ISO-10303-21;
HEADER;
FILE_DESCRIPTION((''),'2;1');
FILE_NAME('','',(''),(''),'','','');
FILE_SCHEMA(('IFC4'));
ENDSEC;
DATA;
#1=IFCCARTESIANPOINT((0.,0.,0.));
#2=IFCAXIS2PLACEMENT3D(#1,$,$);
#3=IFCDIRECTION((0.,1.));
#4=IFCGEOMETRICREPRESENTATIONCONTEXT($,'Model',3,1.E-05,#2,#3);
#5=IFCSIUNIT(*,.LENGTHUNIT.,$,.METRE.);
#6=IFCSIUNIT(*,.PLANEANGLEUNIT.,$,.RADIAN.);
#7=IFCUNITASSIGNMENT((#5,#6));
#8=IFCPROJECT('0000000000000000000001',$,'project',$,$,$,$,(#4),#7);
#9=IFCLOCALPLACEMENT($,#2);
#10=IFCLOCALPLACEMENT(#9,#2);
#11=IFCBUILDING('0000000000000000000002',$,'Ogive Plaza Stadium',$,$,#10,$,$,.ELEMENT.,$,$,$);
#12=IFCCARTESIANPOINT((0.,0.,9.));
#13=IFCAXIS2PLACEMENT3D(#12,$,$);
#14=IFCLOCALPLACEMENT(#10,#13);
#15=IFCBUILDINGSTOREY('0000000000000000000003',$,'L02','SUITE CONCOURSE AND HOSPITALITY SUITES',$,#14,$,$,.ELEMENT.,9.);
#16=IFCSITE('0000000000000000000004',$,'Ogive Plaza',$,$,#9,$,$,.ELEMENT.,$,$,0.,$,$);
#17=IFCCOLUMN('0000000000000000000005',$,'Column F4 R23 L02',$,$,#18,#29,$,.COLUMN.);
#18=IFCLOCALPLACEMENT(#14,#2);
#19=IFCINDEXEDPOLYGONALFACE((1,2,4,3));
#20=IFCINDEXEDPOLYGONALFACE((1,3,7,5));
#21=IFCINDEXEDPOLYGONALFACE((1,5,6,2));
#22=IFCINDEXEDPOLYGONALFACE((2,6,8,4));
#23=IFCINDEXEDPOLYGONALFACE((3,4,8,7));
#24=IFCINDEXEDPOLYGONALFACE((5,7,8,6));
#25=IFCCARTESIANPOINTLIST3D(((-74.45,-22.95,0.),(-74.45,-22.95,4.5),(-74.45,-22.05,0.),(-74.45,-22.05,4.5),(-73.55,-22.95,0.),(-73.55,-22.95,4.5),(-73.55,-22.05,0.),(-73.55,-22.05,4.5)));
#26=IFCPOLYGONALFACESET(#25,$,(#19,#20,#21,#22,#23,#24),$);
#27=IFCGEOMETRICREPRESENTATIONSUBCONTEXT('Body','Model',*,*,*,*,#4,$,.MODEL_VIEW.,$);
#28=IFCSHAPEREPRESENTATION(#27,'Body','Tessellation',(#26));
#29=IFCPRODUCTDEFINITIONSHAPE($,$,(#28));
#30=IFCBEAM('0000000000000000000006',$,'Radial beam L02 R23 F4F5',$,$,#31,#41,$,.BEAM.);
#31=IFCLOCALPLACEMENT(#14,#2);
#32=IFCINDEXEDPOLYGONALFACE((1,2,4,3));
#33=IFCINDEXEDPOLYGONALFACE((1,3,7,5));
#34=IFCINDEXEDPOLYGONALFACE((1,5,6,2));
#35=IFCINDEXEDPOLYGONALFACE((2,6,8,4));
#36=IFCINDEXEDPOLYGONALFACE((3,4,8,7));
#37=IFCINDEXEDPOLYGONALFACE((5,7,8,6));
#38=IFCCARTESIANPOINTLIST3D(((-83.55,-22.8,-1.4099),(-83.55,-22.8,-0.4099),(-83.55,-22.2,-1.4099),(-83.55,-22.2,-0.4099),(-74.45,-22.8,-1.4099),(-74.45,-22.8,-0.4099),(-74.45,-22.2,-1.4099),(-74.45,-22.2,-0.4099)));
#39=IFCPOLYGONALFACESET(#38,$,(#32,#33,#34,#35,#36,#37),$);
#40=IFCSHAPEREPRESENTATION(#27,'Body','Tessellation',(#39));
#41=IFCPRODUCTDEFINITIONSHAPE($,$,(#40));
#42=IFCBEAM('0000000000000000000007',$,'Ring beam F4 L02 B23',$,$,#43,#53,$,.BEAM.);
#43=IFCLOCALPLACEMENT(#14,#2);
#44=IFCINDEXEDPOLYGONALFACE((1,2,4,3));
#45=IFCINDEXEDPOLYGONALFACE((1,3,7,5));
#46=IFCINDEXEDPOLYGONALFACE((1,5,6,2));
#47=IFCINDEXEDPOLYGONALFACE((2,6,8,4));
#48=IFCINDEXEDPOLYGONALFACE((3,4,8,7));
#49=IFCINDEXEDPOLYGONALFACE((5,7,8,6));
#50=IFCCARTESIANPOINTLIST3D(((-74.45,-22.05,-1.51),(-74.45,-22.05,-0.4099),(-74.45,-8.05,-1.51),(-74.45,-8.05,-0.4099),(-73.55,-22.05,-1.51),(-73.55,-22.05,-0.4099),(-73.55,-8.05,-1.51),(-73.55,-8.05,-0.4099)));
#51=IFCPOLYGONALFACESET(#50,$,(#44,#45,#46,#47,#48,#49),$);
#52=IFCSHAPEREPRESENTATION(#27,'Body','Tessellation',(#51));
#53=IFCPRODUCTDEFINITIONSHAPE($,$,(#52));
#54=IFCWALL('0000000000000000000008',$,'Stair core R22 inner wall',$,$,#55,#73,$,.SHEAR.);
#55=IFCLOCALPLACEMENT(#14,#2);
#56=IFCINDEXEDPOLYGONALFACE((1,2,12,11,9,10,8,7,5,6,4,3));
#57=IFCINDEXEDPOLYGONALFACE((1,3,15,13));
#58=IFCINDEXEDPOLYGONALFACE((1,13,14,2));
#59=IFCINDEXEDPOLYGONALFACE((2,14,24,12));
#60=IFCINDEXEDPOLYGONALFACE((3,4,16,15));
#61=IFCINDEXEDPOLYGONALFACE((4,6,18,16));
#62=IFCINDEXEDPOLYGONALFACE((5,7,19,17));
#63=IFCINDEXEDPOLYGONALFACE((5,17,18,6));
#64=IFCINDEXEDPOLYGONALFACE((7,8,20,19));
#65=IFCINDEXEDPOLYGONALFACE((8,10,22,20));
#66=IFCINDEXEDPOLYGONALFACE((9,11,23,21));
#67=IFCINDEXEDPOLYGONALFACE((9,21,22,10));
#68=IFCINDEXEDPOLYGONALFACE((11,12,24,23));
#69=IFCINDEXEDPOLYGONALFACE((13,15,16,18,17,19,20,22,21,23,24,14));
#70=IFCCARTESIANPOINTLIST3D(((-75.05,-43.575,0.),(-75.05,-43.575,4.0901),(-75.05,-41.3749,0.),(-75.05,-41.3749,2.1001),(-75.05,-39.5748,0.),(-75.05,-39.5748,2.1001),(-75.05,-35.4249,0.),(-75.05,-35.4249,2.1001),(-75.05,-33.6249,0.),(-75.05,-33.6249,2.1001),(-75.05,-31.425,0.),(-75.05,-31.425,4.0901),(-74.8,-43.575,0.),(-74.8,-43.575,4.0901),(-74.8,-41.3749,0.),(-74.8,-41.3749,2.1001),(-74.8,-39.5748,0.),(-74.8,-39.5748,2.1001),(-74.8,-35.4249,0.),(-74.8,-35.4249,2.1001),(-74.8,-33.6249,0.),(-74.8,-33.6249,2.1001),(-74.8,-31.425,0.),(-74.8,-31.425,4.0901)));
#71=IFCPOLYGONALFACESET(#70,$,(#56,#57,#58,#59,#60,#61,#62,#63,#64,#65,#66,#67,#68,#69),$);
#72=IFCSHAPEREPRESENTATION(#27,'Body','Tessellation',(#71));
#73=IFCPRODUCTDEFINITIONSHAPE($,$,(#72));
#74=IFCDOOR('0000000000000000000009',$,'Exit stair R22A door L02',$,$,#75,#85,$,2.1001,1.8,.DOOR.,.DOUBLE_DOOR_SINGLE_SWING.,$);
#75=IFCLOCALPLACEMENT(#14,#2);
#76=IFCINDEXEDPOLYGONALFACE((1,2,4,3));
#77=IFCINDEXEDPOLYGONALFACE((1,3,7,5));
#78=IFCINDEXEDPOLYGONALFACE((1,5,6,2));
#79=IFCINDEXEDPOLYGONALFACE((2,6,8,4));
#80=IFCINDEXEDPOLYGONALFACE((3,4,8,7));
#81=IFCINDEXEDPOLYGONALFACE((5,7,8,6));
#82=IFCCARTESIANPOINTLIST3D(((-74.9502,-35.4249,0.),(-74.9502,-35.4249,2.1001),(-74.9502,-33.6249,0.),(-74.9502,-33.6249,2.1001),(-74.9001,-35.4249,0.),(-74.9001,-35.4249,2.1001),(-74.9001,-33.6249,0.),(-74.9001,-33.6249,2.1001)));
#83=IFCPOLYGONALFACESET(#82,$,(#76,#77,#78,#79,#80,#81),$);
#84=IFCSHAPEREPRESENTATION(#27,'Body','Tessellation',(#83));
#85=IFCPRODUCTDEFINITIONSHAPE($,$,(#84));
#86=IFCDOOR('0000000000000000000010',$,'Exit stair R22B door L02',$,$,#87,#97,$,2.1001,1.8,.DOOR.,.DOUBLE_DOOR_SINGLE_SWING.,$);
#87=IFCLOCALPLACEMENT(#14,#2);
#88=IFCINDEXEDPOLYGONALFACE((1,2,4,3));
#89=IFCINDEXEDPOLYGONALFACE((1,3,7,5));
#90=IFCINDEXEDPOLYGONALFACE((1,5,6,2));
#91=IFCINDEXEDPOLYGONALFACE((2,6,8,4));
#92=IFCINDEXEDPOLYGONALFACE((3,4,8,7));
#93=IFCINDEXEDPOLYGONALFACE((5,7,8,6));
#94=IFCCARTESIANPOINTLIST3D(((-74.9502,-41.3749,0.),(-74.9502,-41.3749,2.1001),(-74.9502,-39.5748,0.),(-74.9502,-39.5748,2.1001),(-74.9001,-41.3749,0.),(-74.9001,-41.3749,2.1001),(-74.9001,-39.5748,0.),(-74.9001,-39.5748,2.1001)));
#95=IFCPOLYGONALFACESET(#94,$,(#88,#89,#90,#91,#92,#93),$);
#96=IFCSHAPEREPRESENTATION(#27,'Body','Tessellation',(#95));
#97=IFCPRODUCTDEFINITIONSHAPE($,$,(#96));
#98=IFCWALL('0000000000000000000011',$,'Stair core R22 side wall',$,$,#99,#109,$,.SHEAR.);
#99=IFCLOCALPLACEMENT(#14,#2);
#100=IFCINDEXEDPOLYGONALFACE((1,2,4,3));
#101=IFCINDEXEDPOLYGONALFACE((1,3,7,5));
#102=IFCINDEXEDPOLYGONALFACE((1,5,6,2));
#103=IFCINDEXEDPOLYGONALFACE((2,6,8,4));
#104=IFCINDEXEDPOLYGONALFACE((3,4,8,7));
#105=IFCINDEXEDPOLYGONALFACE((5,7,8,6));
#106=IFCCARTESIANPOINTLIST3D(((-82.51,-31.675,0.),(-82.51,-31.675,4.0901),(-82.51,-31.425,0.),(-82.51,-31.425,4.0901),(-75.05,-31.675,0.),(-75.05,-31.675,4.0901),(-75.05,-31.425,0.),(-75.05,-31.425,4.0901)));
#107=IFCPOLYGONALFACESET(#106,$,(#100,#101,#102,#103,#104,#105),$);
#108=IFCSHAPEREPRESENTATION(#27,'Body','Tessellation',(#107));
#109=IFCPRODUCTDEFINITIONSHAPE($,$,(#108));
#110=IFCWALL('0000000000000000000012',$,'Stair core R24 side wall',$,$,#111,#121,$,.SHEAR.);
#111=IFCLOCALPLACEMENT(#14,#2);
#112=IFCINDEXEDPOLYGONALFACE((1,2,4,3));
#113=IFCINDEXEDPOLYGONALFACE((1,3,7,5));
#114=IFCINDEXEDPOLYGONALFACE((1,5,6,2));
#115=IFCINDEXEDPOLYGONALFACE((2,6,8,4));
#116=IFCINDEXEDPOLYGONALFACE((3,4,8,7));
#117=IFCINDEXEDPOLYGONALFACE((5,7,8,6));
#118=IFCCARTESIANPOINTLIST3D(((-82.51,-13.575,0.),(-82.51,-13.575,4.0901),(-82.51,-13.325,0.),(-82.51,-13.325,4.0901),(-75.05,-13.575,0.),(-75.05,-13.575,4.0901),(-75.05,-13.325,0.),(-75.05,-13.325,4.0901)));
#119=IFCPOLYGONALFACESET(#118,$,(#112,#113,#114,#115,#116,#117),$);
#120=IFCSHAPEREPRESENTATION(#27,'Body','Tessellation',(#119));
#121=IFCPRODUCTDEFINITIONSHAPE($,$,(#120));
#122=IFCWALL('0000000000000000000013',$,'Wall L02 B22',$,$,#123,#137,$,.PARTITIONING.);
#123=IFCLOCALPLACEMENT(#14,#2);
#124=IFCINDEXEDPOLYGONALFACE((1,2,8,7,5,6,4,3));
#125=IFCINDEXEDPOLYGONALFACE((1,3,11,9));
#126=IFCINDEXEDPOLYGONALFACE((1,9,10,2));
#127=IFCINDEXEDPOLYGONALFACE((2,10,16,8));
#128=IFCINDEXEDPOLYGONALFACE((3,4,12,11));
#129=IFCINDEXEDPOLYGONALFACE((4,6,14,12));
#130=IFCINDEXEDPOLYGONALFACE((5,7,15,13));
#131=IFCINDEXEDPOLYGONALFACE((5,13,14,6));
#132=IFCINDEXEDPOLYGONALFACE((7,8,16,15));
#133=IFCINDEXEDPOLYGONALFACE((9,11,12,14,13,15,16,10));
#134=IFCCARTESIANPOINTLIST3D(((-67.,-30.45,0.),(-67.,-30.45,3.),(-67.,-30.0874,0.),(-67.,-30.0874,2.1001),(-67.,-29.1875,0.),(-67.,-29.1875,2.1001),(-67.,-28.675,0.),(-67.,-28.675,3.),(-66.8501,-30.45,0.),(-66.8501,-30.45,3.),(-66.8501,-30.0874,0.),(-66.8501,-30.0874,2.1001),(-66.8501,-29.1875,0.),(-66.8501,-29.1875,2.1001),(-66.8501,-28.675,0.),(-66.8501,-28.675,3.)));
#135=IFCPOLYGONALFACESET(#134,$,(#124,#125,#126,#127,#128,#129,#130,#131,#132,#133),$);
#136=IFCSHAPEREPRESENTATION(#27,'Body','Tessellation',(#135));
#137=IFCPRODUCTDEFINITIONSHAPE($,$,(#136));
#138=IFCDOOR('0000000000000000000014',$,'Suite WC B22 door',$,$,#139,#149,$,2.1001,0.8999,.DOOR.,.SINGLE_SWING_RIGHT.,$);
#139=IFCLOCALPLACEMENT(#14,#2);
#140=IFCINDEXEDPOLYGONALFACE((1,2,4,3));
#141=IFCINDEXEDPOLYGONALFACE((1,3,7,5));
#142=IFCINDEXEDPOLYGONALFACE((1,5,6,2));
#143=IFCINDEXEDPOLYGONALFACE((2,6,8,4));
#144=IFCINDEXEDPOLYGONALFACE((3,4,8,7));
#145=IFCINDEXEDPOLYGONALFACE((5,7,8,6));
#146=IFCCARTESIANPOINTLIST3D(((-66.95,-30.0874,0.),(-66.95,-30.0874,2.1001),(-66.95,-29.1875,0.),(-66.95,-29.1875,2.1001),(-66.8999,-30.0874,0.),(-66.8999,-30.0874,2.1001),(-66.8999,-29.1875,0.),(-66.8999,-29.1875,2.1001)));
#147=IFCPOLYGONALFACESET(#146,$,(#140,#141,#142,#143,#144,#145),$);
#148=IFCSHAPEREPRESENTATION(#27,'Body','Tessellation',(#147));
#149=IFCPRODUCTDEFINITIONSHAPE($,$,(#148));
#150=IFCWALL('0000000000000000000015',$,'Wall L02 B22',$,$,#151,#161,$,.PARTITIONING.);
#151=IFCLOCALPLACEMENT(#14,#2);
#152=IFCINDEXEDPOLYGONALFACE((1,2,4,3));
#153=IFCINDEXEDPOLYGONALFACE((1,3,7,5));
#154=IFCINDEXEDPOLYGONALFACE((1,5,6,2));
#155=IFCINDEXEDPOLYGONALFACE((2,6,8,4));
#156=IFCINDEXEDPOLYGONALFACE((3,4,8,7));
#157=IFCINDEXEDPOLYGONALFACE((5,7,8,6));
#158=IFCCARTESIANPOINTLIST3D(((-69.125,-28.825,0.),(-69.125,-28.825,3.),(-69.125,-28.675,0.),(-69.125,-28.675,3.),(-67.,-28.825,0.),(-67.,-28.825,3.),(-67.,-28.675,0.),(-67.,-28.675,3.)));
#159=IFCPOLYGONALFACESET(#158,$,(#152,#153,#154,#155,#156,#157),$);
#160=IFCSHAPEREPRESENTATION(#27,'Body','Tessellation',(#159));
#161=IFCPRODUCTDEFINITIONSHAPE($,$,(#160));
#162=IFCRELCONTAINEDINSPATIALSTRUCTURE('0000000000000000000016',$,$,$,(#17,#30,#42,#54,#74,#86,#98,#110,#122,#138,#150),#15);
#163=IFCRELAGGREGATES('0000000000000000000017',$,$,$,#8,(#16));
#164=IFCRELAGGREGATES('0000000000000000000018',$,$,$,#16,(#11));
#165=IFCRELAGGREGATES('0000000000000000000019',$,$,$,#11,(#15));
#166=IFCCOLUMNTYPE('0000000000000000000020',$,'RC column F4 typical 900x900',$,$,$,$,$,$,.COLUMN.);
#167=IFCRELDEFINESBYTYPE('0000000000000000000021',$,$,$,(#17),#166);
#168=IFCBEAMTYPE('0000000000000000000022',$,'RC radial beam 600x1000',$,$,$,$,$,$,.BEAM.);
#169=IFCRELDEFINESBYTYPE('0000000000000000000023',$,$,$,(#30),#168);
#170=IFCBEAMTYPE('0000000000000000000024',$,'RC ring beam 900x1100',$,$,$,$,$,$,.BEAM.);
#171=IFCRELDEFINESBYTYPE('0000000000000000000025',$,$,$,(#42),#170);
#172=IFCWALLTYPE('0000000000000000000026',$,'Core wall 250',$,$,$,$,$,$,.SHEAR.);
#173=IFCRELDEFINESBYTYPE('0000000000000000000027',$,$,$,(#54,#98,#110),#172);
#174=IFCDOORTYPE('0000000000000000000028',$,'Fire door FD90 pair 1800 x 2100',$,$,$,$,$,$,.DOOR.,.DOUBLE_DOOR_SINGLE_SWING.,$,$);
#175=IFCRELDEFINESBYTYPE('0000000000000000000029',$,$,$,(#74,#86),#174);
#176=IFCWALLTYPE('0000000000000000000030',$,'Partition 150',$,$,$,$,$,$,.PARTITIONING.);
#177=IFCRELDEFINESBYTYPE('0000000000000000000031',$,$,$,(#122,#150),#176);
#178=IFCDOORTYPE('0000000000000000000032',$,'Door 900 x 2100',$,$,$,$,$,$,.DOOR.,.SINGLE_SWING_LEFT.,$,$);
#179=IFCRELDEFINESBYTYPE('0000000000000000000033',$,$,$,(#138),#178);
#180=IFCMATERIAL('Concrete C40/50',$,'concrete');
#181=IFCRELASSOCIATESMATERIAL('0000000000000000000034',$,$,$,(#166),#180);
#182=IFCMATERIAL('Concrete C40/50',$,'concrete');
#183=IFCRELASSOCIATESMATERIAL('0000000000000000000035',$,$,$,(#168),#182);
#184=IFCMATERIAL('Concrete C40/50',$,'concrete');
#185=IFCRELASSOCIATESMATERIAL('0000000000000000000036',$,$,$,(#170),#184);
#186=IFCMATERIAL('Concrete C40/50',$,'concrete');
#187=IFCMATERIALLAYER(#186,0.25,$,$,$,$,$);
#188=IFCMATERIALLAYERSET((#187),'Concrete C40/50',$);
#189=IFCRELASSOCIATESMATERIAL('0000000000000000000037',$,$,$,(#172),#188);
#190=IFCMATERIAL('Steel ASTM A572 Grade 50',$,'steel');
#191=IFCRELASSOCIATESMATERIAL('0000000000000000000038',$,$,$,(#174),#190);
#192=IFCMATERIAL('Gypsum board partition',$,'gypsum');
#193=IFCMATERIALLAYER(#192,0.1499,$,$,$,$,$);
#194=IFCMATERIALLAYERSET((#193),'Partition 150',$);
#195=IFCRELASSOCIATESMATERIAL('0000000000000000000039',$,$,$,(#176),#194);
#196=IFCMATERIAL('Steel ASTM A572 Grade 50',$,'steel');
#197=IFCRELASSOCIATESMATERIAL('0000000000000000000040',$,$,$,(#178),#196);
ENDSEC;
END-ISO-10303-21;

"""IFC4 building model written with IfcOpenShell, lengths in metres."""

from ifc_helpers import new_model, si_unit, direction, frame, frame_2d, origin, origin_2d, place, context, subcontext, project, spatial, rectangle, extrude, material, layer, layer_set, material_profile, profile_set, type_object, element, fill, save


model = new_model("IFC4")

# Units and contexts
model_context = context("Model", 3, precision=1e-05, world=origin(), true_north=direction((0.0, 1.0)))
body_context = subcontext(model_context, "Body", "Model", "MODEL_VIEW")
ifc_project = project(units=[si_unit("LENGTHUNIT", "METRE"), si_unit("PLANEANGLEUNIT", "RADIAN")], contexts=[model_context])

# Site, building, storey
site_placement = place(None, origin())
site = spatial("IfcSite", under=ifc_project, at=site_placement, Name="Ogive Plaza", CompositionType="ELEMENT", RefElevation=0.0)
building_placement = place(site_placement, origin())
building = spatial("IfcBuilding", under=site, at=building_placement, Name="Ogive Plaza Stadium", CompositionType="ELEMENT")
storey_placement = place(building_placement, frame((0.0, 0.0, 9.0)))
storey = spatial("IfcBuildingStorey", under=building, at=storey_placement, Name="L02", Description="SUITE CONCOURSE AND HOSPITALITY SUITES", CompositionType="ELEMENT", Elevation=9.0)

# Column
ifc_material_1 = material(Name="Concrete C40/50", Category="concrete")
ifc_material_profile_1 = material_profile(ifc_material_1, rectangle(XDim=0.8999, YDim=0.8999, at=origin_2d()), Name="RC 900x900")
ifc_profile_set_1 = profile_set([ifc_material_profile_1], Name="Concrete C40/50")
column_type = type_object("IfcColumnType", Name="RC column F4 typical 900x900", PredefinedType="COLUMN", material=ifc_profile_set_1)
column_placement = place(storey_placement, frame((-74.0, -22.5, 0.0), z_axis=(0.0, 0.0, 1.0), x_axis=(0.0, -1.0, 0.0)))
element("IfcColumn", 1, at=column_placement, inside=storey, type_object=column_type, Name="Column F4 R23 L02", PredefinedType="COLUMN", context=body_context, shape_type="SweptSolid", body=[
    extrude(rectangle(XDim=0.8999, YDim=0.8999, at=origin_2d()), origin(), (0.0, 0.0, 1.0), 4.5),
])

# Beams
ifc_material_2 = material(Name="Concrete C40/50", Category="concrete")
ifc_material_profile_2 = material_profile(ifc_material_2, rectangle(XDim=0.6001, YDim=1.0, at=origin_2d()), Name="RC 600x1000")
ifc_profile_set_2 = profile_set([ifc_material_profile_2], Name="Concrete C40/50")
beam_type_1 = type_object("IfcBeamType", Name="RC radial beam 600x1000", PredefinedType="BEAM", material=ifc_profile_set_2)
beam_1_placement = place(storey_placement, frame((-74.45, -22.5, -0.9099), z_axis=(-1.0, 0.0, 0.0), x_axis=(0.0, -1.0, 0.0)))
element("IfcBeam", 2, at=beam_1_placement, inside=storey, type_object=beam_type_1, Name="Radial beam L02 R23 F4F5", PredefinedType="BEAM", context=body_context, shape_type="SweptSolid", body=[
    extrude(rectangle(XDim=0.6001, YDim=1.0, at=origin_2d()), origin(), (0.0, 0.0, 1.0), 9.1001),
])
ifc_material_3 = material(Name="Concrete C40/50", Category="concrete")
ifc_material_profile_3 = material_profile(ifc_material_3, rectangle(XDim=0.8999, YDim=1.1001, at=origin_2d()), Name="RC 900x1100")
ifc_profile_set_3 = profile_set([ifc_material_profile_3], Name="Concrete C40/50")
beam_type_2 = type_object("IfcBeamType", Name="RC ring beam 900x1100", PredefinedType="BEAM", material=ifc_profile_set_3)
beam_2_placement = place(storey_placement, frame((-74.0, -22.05, -0.96), z_axis=(0.0, 1.0, 0.0), x_axis=(-1.0, 0.0, 0.0)))
element("IfcBeam", 3, at=beam_2_placement, inside=storey, type_object=beam_type_2, Name="Ring beam F4 L02 B23", PredefinedType="BEAM", context=body_context, shape_type="SweptSolid", body=[
    extrude(rectangle(XDim=0.8999, YDim=1.1001, at=origin_2d()), origin(), (0.0, 0.0, 1.0), 14.0),
])

# Wall, openings, doors
ifc_material_4 = material(Name="Concrete C40/50", Category="concrete")
ifc_layer_1 = layer(ifc_material_4, 0.25)
ifc_layer_set_1 = layer_set([ifc_layer_1], Name="Concrete C40/50")
wall_type_1 = type_object("IfcWallType", Name="Core wall 250", PredefinedType="SHEAR", material=ifc_layer_set_1)
wall_1_placement = place(storey_placement, frame((-74.925, -31.425, 0.0), z_axis=(0.0, 0.0, 1.0), x_axis=(0.0, -1.0, 0.0)))
wall_1 = element("IfcWall", 4, at=wall_1_placement, inside=storey, type_object=wall_type_1, Name="Stair core R22 inner wall", PredefinedType="SHEAR", context=body_context, shape_type="SweptSolid", body=[
    extrude(rectangle(XDim=12.1499, YDim=0.25, at=frame_2d((6.075, 0.0))), origin(), (0.0, 0.0, 1.0), 4.0901),
])
opening_1_placement = place(wall_1_placement, frame((2.2, 0.0, 0.0)))
opening_1 = element("IfcOpeningElement", 5, at=opening_1_placement, cuts=wall_1, PredefinedType="OPENING", context=body_context, shape_type="SweptSolid", body=[
    extrude(rectangle(XDim=1.8, YDim=2.1001, at=frame_2d((0.8999, 1.05))), frame((0.0, 0.125, 0.0), z_axis=(0.0, -1.0, 0.0), x_axis=(1.0, 0.0, 0.0)), (0.0, 0.0, 1.0), 0.25),
])
opening_2_placement = place(wall_1_placement, frame((8.1499, 0.0, 0.0)))
opening_2 = element("IfcOpeningElement", 6, at=opening_2_placement, cuts=wall_1, PredefinedType="OPENING", context=body_context, shape_type="SweptSolid", body=[
    extrude(rectangle(XDim=1.8, YDim=2.1001, at=frame_2d((0.8999, 1.05))), frame((0.0, 0.125, 0.0), z_axis=(0.0, -1.0, 0.0), x_axis=(1.0, 0.0, 0.0)), (0.0, 0.0, 1.0), 0.25),
])
ifc_material_5 = material(Name="Steel ASTM A572 Grade 50", Category="steel")
door_type_1 = type_object("IfcDoorType", Name="Fire door FD90 pair 1800 x 2100", OperationType="DOUBLE_DOOR_SINGLE_SWING", PredefinedType="DOOR", material=ifc_material_5)
door_1_placement = place(opening_1_placement, origin())
door_1 = element("IfcDoor", 7, at=door_1_placement, inside=storey, type_object=door_type_1, Name="Exit stair R22A door L02", OperationType="DOUBLE_DOOR_SINGLE_SWING", OverallHeight=2.1001, OverallWidth=1.8, PredefinedType="DOOR", context=body_context, shape_type="SweptSolid", body=[
    extrude(rectangle(XDim=1.8, YDim=2.1001, at=frame_2d((0.8999, 1.05))), frame((0.0, 0.0249, 0.0), z_axis=(0.0, -1.0, 0.0), x_axis=(1.0, 0.0, 0.0)), (0.0, 0.0, 1.0), 0.05),
])
fill(opening_1, door_1)
door_2_placement = place(opening_2_placement, origin())
door_2 = element("IfcDoor", 8, at=door_2_placement, inside=storey, type_object=door_type_1, Name="Exit stair R22B door L02", OperationType="DOUBLE_DOOR_SINGLE_SWING", OverallHeight=2.1001, OverallWidth=1.8, PredefinedType="DOOR", context=body_context, shape_type="SweptSolid", body=[
    extrude(rectangle(XDim=1.8, YDim=2.1001, at=frame_2d((0.8999, 1.05))), frame((0.0, 0.0249, 0.0), z_axis=(0.0, -1.0, 0.0), x_axis=(1.0, 0.0, 0.0)), (0.0, 0.0, 1.0), 0.05),
])
fill(opening_2, door_2)

# Walls
for number, where, z_axis, x_axis, name in (
    (9, (-75.05, -31.55, 0.0), (0.0, 0.0, 1.0), (-1.0, 0.0, 0.0), "Stair core R22 side wall"),
    (10, (-75.05, -13.45, 0.0), (0.0, 0.0, 1.0), (-1.0, 0.0, 0.0), "Stair core R24 side wall"),
):
    element("IfcWall", number, at=place(storey_placement, frame(where, z_axis=z_axis, x_axis=x_axis)), inside=storey, type_object=wall_type_1, Name=name, PredefinedType="SHEAR", context=body_context, shape_type="SweptSolid", body=[
        extrude(rectangle(XDim=7.46, YDim=0.25, at=frame_2d((3.73, 0.0))), origin(), (0.0, 0.0, 1.0), 4.0901),
    ])

# Wall, opening, door
ifc_material_6 = material(Name="Gypsum board partition", Category="gypsum")
ifc_layer_2 = layer(ifc_material_6, 0.1499)
ifc_layer_set_2 = layer_set([ifc_layer_2], Name="Partition 150")
wall_type_2 = type_object("IfcWallType", Name="Partition 150", PredefinedType="PARTITIONING", material=ifc_layer_set_2)
wall_2_placement = place(storey_placement, frame((-66.925, -30.45, 0.0), z_axis=(0.0, 0.0, 1.0), x_axis=(0.0, 1.0, 0.0)))
wall_2 = element("IfcWall", 11, at=wall_2_placement, inside=storey, type_object=wall_type_2, Name="Wall L02 B22", PredefinedType="PARTITIONING", context=body_context, shape_type="SweptSolid", body=[
    extrude(rectangle(XDim=1.7749, YDim=0.1499, at=frame_2d((0.8875, 0.0))), origin(), (0.0, 0.0, 1.0), 3.0),
])
opening_3_placement = place(wall_2_placement, frame((0.3625, 0.0, 0.0)))
opening_3 = element("IfcOpeningElement", 12, at=opening_3_placement, cuts=wall_2, PredefinedType="OPENING", context=body_context, shape_type="SweptSolid", body=[
    extrude(rectangle(XDim=0.8999, YDim=2.1001, at=frame_2d((0.45, 1.05))), frame((0.0, 0.075, 0.0), z_axis=(0.0, -1.0, 0.0), x_axis=(1.0, 0.0, 0.0)), (0.0, 0.0, 1.0), 0.1499),
])
ifc_material_7 = material(Name="Steel ASTM A572 Grade 50", Category="steel")
door_type_2 = type_object("IfcDoorType", Name="Door 900 x 2100", OperationType="SINGLE_SWING_LEFT", PredefinedType="DOOR", material=ifc_material_7)
door_3_placement = place(opening_3_placement, origin())
door_3 = element("IfcDoor", 13, at=door_3_placement, inside=storey, type_object=door_type_2, Name="Suite WC B22 door", OperationType="SINGLE_SWING_RIGHT", OverallHeight=2.1001, OverallWidth=0.8999, PredefinedType="DOOR", context=body_context, shape_type="SweptSolid", body=[
    extrude(rectangle(XDim=0.8999, YDim=2.1001, at=frame_2d((0.45, 1.05))), frame((0.0, 0.0249, 0.0), z_axis=(0.0, -1.0, 0.0), x_axis=(1.0, 0.0, 0.0)), (0.0, 0.0, 1.0), 0.05),
])
fill(opening_3, door_3)

# Wall
wall_3_placement = place(storey_placement, frame((-67.0, -28.75, 0.0), z_axis=(0.0, 0.0, 1.0), x_axis=(-1.0, 0.0, 0.0)))
element("IfcWall", 14, at=wall_3_placement, inside=storey, type_object=wall_type_2, Name="Wall L02 B22", PredefinedType="PARTITIONING", context=body_context, shape_type="SweptSolid", body=[
    extrude(rectangle(XDim=2.125, YDim=0.1499, at=frame_2d((1.0625, 0.0))), origin(), (0.0, 0.0, 1.0), 3.0),
])

save(model, "model.ifc")
